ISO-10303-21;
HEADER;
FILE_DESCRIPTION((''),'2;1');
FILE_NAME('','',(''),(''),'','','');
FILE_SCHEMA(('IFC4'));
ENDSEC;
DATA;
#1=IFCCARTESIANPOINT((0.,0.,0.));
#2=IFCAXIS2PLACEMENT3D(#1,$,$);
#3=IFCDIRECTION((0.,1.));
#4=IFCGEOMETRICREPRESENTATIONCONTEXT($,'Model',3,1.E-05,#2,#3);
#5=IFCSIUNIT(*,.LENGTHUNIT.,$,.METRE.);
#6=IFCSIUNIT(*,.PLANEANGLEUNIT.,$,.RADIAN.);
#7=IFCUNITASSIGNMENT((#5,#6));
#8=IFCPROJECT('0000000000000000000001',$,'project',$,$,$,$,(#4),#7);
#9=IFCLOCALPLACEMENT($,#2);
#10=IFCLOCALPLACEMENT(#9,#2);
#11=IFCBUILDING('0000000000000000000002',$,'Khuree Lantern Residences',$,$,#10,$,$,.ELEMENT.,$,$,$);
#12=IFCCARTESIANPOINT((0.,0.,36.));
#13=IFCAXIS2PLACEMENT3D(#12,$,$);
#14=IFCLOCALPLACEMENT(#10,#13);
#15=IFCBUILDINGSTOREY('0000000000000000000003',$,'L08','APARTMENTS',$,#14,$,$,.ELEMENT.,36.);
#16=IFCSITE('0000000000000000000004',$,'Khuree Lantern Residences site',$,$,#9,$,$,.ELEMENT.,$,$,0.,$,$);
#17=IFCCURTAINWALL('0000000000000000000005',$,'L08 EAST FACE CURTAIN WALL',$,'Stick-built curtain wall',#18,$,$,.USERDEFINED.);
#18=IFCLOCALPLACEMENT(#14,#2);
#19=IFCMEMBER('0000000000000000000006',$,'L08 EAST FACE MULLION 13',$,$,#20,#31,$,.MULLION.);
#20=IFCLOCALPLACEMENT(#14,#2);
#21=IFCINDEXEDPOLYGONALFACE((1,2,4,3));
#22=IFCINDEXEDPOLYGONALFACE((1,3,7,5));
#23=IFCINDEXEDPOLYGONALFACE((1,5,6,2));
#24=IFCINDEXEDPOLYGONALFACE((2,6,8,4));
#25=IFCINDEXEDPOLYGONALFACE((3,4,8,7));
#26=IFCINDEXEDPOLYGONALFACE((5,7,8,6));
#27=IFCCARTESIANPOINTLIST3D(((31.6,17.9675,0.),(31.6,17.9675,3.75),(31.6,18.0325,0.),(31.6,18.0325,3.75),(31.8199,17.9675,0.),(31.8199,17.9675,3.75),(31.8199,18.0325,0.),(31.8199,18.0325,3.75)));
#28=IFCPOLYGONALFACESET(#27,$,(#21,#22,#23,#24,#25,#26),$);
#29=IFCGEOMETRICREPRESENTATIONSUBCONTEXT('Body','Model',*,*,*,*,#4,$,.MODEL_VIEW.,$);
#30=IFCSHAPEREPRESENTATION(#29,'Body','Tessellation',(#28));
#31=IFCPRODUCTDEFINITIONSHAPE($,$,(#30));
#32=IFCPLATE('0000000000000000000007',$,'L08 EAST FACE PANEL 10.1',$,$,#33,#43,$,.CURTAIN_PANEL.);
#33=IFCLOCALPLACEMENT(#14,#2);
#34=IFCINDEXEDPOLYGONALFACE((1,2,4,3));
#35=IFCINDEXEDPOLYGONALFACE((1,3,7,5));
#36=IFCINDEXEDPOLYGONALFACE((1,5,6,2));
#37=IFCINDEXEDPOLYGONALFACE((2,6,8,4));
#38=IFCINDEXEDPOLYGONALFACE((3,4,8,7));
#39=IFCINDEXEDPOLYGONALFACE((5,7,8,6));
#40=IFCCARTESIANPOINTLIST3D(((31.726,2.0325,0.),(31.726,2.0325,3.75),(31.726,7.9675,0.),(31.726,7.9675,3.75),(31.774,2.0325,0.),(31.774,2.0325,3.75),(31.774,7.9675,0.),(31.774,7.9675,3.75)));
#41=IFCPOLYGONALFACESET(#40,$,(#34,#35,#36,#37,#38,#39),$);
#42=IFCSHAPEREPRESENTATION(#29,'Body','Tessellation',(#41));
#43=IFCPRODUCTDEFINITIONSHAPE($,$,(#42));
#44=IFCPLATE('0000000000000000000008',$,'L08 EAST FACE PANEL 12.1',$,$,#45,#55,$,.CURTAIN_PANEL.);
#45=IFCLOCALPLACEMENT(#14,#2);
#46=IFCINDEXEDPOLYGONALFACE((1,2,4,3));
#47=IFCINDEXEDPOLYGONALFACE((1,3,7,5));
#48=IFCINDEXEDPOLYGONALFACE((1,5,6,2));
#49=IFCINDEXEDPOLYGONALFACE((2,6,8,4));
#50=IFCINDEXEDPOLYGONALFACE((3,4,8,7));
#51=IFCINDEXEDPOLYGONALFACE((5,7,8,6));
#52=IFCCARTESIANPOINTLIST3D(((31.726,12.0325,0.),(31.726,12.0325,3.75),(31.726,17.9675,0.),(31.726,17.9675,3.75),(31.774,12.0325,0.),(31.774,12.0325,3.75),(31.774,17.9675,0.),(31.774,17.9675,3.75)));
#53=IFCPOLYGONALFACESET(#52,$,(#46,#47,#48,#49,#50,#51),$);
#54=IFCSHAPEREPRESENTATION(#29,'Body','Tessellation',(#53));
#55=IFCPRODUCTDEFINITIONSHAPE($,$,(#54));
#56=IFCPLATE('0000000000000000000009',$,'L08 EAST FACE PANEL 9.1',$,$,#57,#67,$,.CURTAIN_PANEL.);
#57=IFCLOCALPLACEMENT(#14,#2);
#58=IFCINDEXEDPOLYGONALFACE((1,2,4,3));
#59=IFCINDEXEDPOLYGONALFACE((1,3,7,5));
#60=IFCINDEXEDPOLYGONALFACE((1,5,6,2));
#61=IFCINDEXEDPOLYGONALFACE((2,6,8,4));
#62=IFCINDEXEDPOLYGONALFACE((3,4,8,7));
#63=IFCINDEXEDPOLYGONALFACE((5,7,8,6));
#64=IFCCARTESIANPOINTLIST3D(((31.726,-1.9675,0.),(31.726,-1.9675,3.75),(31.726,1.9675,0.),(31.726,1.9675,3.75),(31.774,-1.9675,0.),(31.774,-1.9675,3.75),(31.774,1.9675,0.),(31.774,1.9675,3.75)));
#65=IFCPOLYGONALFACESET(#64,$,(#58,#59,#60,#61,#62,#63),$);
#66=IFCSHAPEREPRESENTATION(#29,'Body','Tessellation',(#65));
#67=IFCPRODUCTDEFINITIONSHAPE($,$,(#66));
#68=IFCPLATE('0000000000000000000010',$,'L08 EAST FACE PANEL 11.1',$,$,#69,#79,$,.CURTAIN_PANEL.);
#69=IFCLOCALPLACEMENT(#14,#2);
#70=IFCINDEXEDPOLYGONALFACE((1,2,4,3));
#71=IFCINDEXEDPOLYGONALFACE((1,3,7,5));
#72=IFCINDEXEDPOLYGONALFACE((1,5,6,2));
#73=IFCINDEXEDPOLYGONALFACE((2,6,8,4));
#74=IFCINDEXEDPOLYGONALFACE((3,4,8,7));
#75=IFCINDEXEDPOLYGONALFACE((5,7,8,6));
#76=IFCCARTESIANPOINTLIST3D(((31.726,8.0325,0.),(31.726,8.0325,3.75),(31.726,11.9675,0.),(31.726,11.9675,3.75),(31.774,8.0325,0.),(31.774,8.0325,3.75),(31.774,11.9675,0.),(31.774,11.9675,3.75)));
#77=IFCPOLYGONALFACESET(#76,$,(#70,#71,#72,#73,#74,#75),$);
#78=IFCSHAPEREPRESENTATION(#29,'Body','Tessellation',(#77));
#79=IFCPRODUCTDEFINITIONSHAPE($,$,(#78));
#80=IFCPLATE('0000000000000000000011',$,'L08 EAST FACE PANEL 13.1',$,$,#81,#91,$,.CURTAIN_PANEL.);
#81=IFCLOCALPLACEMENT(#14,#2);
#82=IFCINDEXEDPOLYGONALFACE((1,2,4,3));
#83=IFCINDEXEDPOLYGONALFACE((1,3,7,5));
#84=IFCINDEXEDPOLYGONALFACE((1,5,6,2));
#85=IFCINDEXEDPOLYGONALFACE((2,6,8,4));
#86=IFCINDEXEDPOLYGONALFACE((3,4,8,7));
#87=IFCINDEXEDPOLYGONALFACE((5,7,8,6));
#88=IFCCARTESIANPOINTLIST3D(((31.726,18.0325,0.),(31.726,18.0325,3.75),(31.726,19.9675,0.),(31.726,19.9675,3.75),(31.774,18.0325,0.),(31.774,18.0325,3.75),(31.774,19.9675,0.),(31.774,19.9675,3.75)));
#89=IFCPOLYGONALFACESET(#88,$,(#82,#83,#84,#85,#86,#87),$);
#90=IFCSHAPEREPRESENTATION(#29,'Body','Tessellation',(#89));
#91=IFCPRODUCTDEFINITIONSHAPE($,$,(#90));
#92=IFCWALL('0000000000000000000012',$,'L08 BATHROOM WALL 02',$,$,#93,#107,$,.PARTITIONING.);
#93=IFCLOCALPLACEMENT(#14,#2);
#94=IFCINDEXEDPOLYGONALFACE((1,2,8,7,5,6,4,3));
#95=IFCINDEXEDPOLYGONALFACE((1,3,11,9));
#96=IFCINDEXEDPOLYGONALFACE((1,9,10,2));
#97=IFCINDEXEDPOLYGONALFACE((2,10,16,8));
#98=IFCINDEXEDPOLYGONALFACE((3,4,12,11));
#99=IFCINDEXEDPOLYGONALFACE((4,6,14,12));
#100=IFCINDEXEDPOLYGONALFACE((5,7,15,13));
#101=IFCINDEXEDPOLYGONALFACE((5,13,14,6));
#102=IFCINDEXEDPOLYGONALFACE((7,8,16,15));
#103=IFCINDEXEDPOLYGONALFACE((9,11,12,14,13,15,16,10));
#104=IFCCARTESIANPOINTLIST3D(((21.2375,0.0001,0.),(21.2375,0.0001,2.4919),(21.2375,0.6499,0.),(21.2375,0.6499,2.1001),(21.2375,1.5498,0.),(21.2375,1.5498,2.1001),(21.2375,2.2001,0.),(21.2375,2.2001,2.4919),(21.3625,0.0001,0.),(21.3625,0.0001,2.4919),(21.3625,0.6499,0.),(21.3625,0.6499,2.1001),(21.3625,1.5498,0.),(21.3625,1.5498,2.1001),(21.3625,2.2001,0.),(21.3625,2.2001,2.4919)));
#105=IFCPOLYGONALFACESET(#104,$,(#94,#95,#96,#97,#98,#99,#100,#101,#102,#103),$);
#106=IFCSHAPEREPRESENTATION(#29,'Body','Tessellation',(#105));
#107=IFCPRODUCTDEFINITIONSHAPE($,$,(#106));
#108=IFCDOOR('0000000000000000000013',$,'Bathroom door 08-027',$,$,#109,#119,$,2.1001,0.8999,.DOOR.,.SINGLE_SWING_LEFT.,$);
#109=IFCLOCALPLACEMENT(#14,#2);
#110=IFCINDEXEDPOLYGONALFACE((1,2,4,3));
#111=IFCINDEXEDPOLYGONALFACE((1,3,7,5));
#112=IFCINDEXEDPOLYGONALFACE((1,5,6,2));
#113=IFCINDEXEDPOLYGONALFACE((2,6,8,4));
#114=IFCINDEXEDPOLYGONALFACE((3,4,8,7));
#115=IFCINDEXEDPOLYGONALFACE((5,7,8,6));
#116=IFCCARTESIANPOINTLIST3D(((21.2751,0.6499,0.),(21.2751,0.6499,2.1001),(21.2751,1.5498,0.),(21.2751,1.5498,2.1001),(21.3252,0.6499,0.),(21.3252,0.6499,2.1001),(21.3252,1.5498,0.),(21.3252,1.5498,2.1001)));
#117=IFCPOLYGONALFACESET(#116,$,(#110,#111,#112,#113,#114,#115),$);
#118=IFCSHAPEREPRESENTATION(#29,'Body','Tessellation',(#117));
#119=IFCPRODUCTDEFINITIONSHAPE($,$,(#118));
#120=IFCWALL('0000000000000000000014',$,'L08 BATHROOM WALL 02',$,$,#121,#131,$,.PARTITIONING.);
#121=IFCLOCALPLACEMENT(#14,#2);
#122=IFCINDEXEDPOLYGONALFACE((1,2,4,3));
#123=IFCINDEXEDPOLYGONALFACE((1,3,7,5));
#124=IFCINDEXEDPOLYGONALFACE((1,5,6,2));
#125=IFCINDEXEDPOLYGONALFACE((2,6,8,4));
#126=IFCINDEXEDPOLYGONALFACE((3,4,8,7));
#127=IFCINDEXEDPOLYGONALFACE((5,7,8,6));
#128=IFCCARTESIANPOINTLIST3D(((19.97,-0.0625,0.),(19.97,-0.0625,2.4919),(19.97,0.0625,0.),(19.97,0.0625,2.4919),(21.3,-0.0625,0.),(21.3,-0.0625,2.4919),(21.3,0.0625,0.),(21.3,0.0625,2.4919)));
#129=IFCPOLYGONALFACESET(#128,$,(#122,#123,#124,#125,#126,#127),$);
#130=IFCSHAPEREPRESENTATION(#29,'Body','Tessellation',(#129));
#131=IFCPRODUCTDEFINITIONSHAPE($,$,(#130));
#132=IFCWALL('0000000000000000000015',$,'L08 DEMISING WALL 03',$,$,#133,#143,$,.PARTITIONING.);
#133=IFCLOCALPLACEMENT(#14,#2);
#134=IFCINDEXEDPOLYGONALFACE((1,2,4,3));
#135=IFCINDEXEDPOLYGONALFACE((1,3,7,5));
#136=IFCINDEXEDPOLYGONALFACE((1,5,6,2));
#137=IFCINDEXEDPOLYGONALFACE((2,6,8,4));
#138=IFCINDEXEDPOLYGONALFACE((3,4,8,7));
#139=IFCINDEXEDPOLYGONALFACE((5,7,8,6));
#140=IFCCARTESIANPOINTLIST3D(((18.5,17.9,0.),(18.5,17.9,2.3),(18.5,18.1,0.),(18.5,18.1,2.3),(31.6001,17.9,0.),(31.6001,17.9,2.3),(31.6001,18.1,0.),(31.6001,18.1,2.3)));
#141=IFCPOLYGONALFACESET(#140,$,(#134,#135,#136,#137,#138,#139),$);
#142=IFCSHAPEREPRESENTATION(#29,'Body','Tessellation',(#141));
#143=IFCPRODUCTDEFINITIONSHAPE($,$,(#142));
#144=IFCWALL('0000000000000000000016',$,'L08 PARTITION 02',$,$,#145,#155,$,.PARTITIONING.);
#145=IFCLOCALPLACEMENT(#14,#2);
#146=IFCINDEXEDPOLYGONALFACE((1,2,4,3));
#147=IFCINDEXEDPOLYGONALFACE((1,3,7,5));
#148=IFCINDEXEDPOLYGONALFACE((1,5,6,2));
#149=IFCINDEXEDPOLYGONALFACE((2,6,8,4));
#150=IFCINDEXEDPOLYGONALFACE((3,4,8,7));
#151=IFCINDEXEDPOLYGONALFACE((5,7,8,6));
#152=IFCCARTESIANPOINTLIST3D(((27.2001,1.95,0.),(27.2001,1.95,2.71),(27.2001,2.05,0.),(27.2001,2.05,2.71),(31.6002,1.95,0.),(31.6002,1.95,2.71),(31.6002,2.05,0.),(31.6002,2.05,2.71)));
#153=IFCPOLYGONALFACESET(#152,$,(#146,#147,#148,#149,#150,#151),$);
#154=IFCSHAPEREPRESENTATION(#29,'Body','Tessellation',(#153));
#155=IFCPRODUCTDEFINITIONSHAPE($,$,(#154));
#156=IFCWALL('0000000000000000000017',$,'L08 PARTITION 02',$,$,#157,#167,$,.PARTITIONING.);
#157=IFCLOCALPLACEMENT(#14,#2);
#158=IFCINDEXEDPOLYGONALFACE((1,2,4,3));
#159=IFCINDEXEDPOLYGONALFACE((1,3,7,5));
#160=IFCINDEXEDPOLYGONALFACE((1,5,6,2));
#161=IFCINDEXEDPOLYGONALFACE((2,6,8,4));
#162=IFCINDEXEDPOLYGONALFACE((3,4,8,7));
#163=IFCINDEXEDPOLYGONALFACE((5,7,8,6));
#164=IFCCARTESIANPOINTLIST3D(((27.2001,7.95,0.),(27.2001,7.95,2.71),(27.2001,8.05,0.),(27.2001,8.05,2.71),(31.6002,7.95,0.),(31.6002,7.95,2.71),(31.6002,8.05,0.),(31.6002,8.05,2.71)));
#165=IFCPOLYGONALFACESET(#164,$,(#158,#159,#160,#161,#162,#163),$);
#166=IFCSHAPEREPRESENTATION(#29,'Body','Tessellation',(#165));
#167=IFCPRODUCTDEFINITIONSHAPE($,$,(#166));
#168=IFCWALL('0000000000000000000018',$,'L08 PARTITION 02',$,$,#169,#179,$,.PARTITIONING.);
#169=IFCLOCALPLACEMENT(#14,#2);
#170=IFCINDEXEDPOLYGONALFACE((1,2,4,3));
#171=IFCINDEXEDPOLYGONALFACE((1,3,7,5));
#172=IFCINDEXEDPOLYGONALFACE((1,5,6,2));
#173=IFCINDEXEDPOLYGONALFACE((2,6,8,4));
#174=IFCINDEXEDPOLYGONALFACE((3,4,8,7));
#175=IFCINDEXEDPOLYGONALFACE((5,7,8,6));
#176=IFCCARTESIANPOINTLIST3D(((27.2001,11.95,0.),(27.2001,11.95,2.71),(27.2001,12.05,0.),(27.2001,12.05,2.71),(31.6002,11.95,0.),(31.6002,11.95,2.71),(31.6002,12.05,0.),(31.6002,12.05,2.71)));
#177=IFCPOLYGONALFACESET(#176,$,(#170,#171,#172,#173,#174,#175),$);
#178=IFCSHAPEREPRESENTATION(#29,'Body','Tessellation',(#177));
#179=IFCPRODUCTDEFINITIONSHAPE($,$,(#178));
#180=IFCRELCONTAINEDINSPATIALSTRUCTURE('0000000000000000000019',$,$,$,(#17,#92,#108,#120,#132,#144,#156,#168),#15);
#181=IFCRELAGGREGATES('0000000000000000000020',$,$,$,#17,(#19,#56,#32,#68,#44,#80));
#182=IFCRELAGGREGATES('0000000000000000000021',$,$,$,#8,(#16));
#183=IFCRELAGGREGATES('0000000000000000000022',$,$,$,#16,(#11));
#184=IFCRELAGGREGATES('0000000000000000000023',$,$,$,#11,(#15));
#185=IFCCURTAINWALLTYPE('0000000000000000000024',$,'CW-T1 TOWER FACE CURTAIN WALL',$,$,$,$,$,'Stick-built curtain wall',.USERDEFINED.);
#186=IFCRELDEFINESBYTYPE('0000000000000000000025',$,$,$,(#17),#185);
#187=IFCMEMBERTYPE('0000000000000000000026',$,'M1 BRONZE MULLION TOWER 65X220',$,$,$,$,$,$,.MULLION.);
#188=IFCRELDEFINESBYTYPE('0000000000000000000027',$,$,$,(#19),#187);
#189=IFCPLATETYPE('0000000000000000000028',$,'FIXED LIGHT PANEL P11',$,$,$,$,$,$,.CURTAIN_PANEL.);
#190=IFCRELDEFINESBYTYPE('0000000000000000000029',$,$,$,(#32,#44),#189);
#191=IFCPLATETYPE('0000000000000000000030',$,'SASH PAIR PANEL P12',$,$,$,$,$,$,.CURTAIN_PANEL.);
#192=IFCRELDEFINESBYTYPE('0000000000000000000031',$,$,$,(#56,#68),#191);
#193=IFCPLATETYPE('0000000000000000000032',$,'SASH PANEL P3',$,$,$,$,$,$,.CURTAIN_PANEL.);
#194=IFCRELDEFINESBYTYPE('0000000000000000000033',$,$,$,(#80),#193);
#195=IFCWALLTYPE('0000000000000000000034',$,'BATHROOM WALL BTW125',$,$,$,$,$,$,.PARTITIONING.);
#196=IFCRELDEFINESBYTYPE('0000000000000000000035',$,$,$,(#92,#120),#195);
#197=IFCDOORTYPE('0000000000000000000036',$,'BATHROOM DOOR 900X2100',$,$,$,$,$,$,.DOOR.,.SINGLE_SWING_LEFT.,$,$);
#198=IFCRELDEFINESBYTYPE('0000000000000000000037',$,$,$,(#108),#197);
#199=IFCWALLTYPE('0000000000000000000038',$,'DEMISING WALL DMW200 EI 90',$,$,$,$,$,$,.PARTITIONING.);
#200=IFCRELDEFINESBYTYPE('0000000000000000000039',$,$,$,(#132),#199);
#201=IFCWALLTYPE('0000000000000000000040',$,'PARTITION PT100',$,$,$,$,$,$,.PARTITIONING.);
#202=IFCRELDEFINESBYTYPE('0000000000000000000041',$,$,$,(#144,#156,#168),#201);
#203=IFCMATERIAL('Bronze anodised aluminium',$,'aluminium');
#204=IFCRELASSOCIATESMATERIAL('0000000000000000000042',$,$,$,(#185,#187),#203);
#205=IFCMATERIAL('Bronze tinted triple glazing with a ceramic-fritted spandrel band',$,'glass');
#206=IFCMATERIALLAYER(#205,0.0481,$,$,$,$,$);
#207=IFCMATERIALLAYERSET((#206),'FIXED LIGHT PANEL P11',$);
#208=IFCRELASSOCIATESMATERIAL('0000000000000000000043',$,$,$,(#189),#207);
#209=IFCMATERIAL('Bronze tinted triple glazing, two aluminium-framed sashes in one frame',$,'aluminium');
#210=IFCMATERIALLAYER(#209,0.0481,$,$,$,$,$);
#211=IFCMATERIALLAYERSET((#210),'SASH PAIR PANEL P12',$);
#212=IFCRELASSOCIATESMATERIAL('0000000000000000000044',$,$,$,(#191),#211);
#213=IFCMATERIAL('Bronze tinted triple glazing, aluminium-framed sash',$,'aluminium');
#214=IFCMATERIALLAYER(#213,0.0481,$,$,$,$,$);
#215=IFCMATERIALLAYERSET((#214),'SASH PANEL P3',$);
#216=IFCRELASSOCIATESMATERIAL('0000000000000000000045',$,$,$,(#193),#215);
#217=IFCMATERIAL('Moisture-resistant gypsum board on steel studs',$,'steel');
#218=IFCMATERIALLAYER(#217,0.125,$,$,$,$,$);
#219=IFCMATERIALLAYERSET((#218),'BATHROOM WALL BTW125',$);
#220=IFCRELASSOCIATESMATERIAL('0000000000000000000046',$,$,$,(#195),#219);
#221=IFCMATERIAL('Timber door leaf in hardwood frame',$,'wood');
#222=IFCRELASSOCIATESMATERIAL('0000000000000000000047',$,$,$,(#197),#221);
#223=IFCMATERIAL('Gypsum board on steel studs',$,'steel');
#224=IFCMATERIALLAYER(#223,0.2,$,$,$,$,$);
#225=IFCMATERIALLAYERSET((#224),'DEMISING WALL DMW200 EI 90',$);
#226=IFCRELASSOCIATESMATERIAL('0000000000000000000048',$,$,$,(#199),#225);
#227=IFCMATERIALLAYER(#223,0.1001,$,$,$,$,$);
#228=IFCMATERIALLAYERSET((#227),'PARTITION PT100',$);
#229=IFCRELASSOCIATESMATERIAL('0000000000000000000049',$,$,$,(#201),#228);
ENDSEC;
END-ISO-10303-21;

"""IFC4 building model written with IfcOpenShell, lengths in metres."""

from ifc_helpers import new_model, si_unit, direction, frame, frame_2d, origin, origin_2d, place, context, subcontext, project, spatial, rectangle, extrude, material, layer, layer_set, material_profile, profile_set, type_object, element, fill, aggregate, save


model = new_model("IFC4")

# Units and contexts
model_context = context("Model", 3, precision=1e-05, world=origin(), true_north=direction((0.0, 1.0)))
body_context = subcontext(model_context, "Body", "Model", "MODEL_VIEW")
ifc_project = project(units=[si_unit("LENGTHUNIT", "METRE"), si_unit("PLANEANGLEUNIT", "RADIAN")], contexts=[model_context])

# Site, building, storey
site_placement = place(None, origin())
site = spatial("IfcSite", under=ifc_project, at=site_placement, Name="Khuree Lantern Residences site", CompositionType="ELEMENT", RefElevation=0.0)
building_placement = place(site_placement, origin())
building = spatial("IfcBuilding", under=site, at=building_placement, Name="Khuree Lantern Residences", CompositionType="ELEMENT")
storey_placement = place(building_placement, frame((0.0, 0.0, 36.0)))
storey = spatial("IfcBuildingStorey", under=building, at=storey_placement, Name="L08", Description="APARTMENTS", CompositionType="ELEMENT", Elevation=36.0)

# Curtain wall
ifc_material_1 = material(Name="Bronze anodised aluminium", Category="aluminium")
curtain_wall_type = type_object("IfcCurtainWallType", Name="CW-T1 TOWER FACE CURTAIN WALL", ElementType="Stick-built curtain wall", PredefinedType="USERDEFINED", material=ifc_material_1)
curtain_wall_placement = place(storey_placement, origin())
curtain_wall = element("IfcCurtainWall", 1, at=curtain_wall_placement, inside=storey, type_object=curtain_wall_type, Name="L08 EAST FACE CURTAIN WALL", ObjectType="Stick-built curtain wall", PredefinedType="USERDEFINED")

# Member
ifc_material_profile_1 = material_profile(ifc_material_1, rectangle(XDim=0.0649, YDim=0.22, at=origin_2d()), Name="M1 65X220")
ifc_profile_set_1 = profile_set([ifc_material_profile_1], Name="Bronze anodised aluminium")
member_type_1 = type_object("IfcMemberType", Name="M1 BRONZE MULLION TOWER 65X220", PredefinedType="MULLION", material=ifc_profile_set_1)
member_1_placement = place(storey_placement, frame((31.71, 18.0, 0.0), z_axis=(0.0, 0.0, 1.0), x_axis=(0.0, 1.0, 0.0)))
member_1 = element("IfcMember", 2, at=member_1_placement, type_object=member_type_1, Name="L08 EAST FACE MULLION 13", PredefinedType="MULLION", context=body_context, shape_type="SweptSolid", body=[
    extrude(rectangle(XDim=0.0649, YDim=0.22, at=origin_2d()), origin(), (0.0, 0.0, 1.0), 3.75),
])

# Plates
ifc_material_2 = material(Name="Bronze tinted triple glazing with a ceramic-fritted spandrel band", Category="glass")
ifc_layer_1 = layer(ifc_material_2, 0.0481)
ifc_layer_set_1 = layer_set([ifc_layer_1], Name="FIXED LIGHT PANEL P11")
plate_type_1 = type_object("IfcPlateType", Name="FIXED LIGHT PANEL P11", PredefinedType="CURTAIN_PANEL", material=ifc_layer_set_1)
plate_1_placement = place(storey_placement, frame((31.75, 5.0, 0.0), z_axis=(0.0, 0.0, 1.0), x_axis=(0.0, 1.0, 0.0)))
plate_1 = element("IfcPlate", 3, at=plate_1_placement, type_object=plate_type_1, Name="L08 EAST FACE PANEL 10.1", PredefinedType="CURTAIN_PANEL", context=body_context, shape_type="SweptSolid", body=[
    extrude(rectangle(XDim=5.9351, YDim=0.0481, at=origin_2d()), origin(), (0.0, 0.0, 1.0), 3.75),
])
plate_2_placement = place(storey_placement, frame((31.75, 15.0, 0.0), z_axis=(0.0, 0.0, 1.0), x_axis=(0.0, 1.0, 0.0)))
plate_2 = element("IfcPlate", 4, at=plate_2_placement, type_object=plate_type_1, Name="L08 EAST FACE PANEL 12.1", PredefinedType="CURTAIN_PANEL", context=body_context, shape_type="SweptSolid", body=[
    extrude(rectangle(XDim=5.9351, YDim=0.0481, at=origin_2d()), origin(), (0.0, 0.0, 1.0), 3.75),
])
ifc_material_3 = material(Name="Bronze tinted triple glazing, two aluminium-framed sashes in one frame", Category="aluminium")
ifc_layer_2 = layer(ifc_material_3, 0.0481)
ifc_layer_set_2 = layer_set([ifc_layer_2], Name="SASH PAIR PANEL P12")
plate_type_2 = type_object("IfcPlateType", Name="SASH PAIR PANEL P12", PredefinedType="CURTAIN_PANEL", material=ifc_layer_set_2)
plate_3_placement = place(storey_placement, frame((31.75, 0.0, 0.0), z_axis=(0.0, 0.0, 1.0), x_axis=(0.0, 1.0, 0.0)))
plate_3 = element("IfcPlate", 5, at=plate_3_placement, type_object=plate_type_2, Name="L08 EAST FACE PANEL 9.1", PredefinedType="CURTAIN_PANEL", context=body_context, shape_type="SweptSolid", body=[
    extrude(rectangle(XDim=3.9351, YDim=0.0481, at=origin_2d()), origin(), (0.0, 0.0, 1.0), 3.75),
])
plate_4_placement = place(storey_placement, frame((31.75, 10.0, 0.0), z_axis=(0.0, 0.0, 1.0), x_axis=(0.0, 1.0, 0.0)))
plate_4 = element("IfcPlate", 6, at=plate_4_placement, type_object=plate_type_2, Name="L08 EAST FACE PANEL 11.1", PredefinedType="CURTAIN_PANEL", context=body_context, shape_type="SweptSolid", body=[
    extrude(rectangle(XDim=3.9351, YDim=0.0481, at=origin_2d()), origin(), (0.0, 0.0, 1.0), 3.75),
])
ifc_material_4 = material(Name="Bronze tinted triple glazing, aluminium-framed sash", Category="aluminium")
ifc_layer_3 = layer(ifc_material_4, 0.0481)
ifc_layer_set_3 = layer_set([ifc_layer_3], Name="SASH PANEL P3")
plate_type_3 = type_object("IfcPlateType", Name="SASH PANEL P3", PredefinedType="CURTAIN_PANEL", material=ifc_layer_set_3)
plate_5_placement = place(storey_placement, frame((31.75, 19.0, 0.0), z_axis=(0.0, 0.0, 1.0), x_axis=(0.0, 1.0, 0.0)))
plate_5 = element("IfcPlate", 7, at=plate_5_placement, type_object=plate_type_3, Name="L08 EAST FACE PANEL 13.1", PredefinedType="CURTAIN_PANEL", context=body_context, shape_type="SweptSolid", body=[
    extrude(rectangle(XDim=1.9351, YDim=0.0481, at=origin_2d()), origin(), (0.0, 0.0, 1.0), 3.75),
])
aggregate(curtain_wall, [member_1, plate_3, plate_1, plate_4, plate_2, plate_5])

# Wall, opening, door
ifc_material_5 = material(Name="Moisture-resistant gypsum board on steel studs", Category="steel")
ifc_layer_4 = layer(ifc_material_5, 0.125)
ifc_layer_set_4 = layer_set([ifc_layer_4], Name="BATHROOM WALL BTW125")
wall_type_1 = type_object("IfcWallType", Name="BATHROOM WALL BTW125", PredefinedType="PARTITIONING", material=ifc_layer_set_4)
wall_1_placement = place(storey_placement, frame((21.3, 0.0, 0.0), z_axis=(0.0, 0.0, 1.0), x_axis=(0.0, 1.0, 0.0)))
wall_1 = element("IfcWall", 8, at=wall_1_placement, inside=storey, type_object=wall_type_1, Name="L08 BATHROOM WALL 02", PredefinedType="PARTITIONING", context=body_context, shape_type="SweptSolid", body=[
    extrude(rectangle(XDim=2.2, YDim=0.125, at=frame_2d((1.1001, 0.0))), origin(), (0.0, 0.0, 1.0), 2.4919),
])
opening_1_placement = place(wall_1_placement, frame((0.6499, 0.0, 0.0)))
opening_1 = element("IfcOpeningElement", 9, at=opening_1_placement, cuts=wall_1, PredefinedType="OPENING", context=body_context, shape_type="SweptSolid", body=[
    extrude(rectangle(XDim=0.8999, YDim=2.1001, at=frame_2d((0.45, 1.05))), frame((0.0, 0.0725, 0.0), z_axis=(0.0, -1.0, 0.0), x_axis=(1.0, 0.0, 0.0)), (0.0, 0.0, 1.0), 0.145),
])
ifc_material_6 = material(Name="Timber door leaf in hardwood frame", Category="wood")
door_type_1 = type_object("IfcDoorType", Name="BATHROOM DOOR 900X2100", OperationType="SINGLE_SWING_LEFT", PredefinedType="DOOR", material=ifc_material_6)
door_1_placement = place(opening_1_placement, origin())
door_1 = element("IfcDoor", 10, at=door_1_placement, inside=storey, type_object=door_type_1, Name="Bathroom door 08-027", OperationType="SINGLE_SWING_LEFT", OverallHeight=2.1001, OverallWidth=0.8999, PredefinedType="DOOR", context=body_context, shape_type="SweptSolid", body=[
    extrude(rectangle(XDim=0.8999, YDim=2.1001, at=frame_2d((0.45, 1.05))), frame((0.0, 0.0249, 0.0), z_axis=(0.0, -1.0, 0.0), x_axis=(1.0, 0.0, 0.0)), (0.0, 0.0, 1.0), 0.05),
])
fill(opening_1, door_1)

# Walls
wall_2_placement = place(storey_placement, frame((19.97, 0.0, 0.0), z_axis=(0.0, 0.0, 1.0), x_axis=(1.0, 0.0, 0.0)))
element("IfcWall", 11, at=wall_2_placement, inside=storey, type_object=wall_type_1, Name="L08 BATHROOM WALL 02", PredefinedType="PARTITIONING", context=body_context, shape_type="SweptSolid", body=[
    extrude(rectangle(XDim=1.3301, YDim=0.125, at=frame_2d((0.665, 0.0))), origin(), (0.0, 0.0, 1.0), 2.4919),
])
ifc_material_7 = material(Name="Gypsum board on steel studs", Category="steel")
ifc_layer_5 = layer(ifc_material_7, 0.2)
ifc_layer_set_5 = layer_set([ifc_layer_5], Name="DEMISING WALL DMW200 EI 90")
wall_type_2 = type_object("IfcWallType", Name="DEMISING WALL DMW200 EI 90", PredefinedType="PARTITIONING", material=ifc_layer_set_5)
wall_3_placement = place(storey_placement, frame((18.5, 18.0, 0.0), z_axis=(0.0, 0.0, 1.0), x_axis=(1.0, 0.0, 0.0)))
element("IfcWall", 12, at=wall_3_placement, inside=storey, type_object=wall_type_2, Name="L08 DEMISING WALL 03", PredefinedType="PARTITIONING", context=body_context, shape_type="SweptSolid", body=[
    extrude(rectangle(XDim=13.1001, YDim=0.2, at=frame_2d((6.55, 0.0))), origin(), (0.0, 0.0, 1.0), 2.3),
])
ifc_layer_6 = layer(ifc_material_7, 0.1001)
ifc_layer_set_6 = layer_set([ifc_layer_6], Name="PARTITION PT100")
wall_type_3 = type_object("IfcWallType", Name="PARTITION PT100", PredefinedType="PARTITIONING", material=ifc_layer_set_6)
for number, where, z_axis, x_axis, name in (
    (13, (27.2, 2.0, 0.0), (0.0, 0.0, 1.0), (1.0, 0.0, 0.0), "L08 PARTITION 02"),
    (14, (27.2, 8.0, 0.0), (0.0, 0.0, 1.0), (1.0, 0.0, 0.0), "L08 PARTITION 02"),
    (15, (27.2, 12.0, 0.0), (0.0, 0.0, 1.0), (1.0, 0.0, 0.0), "L08 PARTITION 02"),
):
    element("IfcWall", number, at=place(storey_placement, frame(where, z_axis=z_axis, x_axis=x_axis)), inside=storey, type_object=wall_type_3, Name=name, PredefinedType="PARTITIONING", context=body_context, shape_type="SweptSolid", body=[
        extrude(rectangle(XDim=4.4001, YDim=0.1001, at=frame_2d((2.2002, 0.0))), origin(), (0.0, 0.0, 1.0), 2.71),
    ])

save(model, "model.ifc")
